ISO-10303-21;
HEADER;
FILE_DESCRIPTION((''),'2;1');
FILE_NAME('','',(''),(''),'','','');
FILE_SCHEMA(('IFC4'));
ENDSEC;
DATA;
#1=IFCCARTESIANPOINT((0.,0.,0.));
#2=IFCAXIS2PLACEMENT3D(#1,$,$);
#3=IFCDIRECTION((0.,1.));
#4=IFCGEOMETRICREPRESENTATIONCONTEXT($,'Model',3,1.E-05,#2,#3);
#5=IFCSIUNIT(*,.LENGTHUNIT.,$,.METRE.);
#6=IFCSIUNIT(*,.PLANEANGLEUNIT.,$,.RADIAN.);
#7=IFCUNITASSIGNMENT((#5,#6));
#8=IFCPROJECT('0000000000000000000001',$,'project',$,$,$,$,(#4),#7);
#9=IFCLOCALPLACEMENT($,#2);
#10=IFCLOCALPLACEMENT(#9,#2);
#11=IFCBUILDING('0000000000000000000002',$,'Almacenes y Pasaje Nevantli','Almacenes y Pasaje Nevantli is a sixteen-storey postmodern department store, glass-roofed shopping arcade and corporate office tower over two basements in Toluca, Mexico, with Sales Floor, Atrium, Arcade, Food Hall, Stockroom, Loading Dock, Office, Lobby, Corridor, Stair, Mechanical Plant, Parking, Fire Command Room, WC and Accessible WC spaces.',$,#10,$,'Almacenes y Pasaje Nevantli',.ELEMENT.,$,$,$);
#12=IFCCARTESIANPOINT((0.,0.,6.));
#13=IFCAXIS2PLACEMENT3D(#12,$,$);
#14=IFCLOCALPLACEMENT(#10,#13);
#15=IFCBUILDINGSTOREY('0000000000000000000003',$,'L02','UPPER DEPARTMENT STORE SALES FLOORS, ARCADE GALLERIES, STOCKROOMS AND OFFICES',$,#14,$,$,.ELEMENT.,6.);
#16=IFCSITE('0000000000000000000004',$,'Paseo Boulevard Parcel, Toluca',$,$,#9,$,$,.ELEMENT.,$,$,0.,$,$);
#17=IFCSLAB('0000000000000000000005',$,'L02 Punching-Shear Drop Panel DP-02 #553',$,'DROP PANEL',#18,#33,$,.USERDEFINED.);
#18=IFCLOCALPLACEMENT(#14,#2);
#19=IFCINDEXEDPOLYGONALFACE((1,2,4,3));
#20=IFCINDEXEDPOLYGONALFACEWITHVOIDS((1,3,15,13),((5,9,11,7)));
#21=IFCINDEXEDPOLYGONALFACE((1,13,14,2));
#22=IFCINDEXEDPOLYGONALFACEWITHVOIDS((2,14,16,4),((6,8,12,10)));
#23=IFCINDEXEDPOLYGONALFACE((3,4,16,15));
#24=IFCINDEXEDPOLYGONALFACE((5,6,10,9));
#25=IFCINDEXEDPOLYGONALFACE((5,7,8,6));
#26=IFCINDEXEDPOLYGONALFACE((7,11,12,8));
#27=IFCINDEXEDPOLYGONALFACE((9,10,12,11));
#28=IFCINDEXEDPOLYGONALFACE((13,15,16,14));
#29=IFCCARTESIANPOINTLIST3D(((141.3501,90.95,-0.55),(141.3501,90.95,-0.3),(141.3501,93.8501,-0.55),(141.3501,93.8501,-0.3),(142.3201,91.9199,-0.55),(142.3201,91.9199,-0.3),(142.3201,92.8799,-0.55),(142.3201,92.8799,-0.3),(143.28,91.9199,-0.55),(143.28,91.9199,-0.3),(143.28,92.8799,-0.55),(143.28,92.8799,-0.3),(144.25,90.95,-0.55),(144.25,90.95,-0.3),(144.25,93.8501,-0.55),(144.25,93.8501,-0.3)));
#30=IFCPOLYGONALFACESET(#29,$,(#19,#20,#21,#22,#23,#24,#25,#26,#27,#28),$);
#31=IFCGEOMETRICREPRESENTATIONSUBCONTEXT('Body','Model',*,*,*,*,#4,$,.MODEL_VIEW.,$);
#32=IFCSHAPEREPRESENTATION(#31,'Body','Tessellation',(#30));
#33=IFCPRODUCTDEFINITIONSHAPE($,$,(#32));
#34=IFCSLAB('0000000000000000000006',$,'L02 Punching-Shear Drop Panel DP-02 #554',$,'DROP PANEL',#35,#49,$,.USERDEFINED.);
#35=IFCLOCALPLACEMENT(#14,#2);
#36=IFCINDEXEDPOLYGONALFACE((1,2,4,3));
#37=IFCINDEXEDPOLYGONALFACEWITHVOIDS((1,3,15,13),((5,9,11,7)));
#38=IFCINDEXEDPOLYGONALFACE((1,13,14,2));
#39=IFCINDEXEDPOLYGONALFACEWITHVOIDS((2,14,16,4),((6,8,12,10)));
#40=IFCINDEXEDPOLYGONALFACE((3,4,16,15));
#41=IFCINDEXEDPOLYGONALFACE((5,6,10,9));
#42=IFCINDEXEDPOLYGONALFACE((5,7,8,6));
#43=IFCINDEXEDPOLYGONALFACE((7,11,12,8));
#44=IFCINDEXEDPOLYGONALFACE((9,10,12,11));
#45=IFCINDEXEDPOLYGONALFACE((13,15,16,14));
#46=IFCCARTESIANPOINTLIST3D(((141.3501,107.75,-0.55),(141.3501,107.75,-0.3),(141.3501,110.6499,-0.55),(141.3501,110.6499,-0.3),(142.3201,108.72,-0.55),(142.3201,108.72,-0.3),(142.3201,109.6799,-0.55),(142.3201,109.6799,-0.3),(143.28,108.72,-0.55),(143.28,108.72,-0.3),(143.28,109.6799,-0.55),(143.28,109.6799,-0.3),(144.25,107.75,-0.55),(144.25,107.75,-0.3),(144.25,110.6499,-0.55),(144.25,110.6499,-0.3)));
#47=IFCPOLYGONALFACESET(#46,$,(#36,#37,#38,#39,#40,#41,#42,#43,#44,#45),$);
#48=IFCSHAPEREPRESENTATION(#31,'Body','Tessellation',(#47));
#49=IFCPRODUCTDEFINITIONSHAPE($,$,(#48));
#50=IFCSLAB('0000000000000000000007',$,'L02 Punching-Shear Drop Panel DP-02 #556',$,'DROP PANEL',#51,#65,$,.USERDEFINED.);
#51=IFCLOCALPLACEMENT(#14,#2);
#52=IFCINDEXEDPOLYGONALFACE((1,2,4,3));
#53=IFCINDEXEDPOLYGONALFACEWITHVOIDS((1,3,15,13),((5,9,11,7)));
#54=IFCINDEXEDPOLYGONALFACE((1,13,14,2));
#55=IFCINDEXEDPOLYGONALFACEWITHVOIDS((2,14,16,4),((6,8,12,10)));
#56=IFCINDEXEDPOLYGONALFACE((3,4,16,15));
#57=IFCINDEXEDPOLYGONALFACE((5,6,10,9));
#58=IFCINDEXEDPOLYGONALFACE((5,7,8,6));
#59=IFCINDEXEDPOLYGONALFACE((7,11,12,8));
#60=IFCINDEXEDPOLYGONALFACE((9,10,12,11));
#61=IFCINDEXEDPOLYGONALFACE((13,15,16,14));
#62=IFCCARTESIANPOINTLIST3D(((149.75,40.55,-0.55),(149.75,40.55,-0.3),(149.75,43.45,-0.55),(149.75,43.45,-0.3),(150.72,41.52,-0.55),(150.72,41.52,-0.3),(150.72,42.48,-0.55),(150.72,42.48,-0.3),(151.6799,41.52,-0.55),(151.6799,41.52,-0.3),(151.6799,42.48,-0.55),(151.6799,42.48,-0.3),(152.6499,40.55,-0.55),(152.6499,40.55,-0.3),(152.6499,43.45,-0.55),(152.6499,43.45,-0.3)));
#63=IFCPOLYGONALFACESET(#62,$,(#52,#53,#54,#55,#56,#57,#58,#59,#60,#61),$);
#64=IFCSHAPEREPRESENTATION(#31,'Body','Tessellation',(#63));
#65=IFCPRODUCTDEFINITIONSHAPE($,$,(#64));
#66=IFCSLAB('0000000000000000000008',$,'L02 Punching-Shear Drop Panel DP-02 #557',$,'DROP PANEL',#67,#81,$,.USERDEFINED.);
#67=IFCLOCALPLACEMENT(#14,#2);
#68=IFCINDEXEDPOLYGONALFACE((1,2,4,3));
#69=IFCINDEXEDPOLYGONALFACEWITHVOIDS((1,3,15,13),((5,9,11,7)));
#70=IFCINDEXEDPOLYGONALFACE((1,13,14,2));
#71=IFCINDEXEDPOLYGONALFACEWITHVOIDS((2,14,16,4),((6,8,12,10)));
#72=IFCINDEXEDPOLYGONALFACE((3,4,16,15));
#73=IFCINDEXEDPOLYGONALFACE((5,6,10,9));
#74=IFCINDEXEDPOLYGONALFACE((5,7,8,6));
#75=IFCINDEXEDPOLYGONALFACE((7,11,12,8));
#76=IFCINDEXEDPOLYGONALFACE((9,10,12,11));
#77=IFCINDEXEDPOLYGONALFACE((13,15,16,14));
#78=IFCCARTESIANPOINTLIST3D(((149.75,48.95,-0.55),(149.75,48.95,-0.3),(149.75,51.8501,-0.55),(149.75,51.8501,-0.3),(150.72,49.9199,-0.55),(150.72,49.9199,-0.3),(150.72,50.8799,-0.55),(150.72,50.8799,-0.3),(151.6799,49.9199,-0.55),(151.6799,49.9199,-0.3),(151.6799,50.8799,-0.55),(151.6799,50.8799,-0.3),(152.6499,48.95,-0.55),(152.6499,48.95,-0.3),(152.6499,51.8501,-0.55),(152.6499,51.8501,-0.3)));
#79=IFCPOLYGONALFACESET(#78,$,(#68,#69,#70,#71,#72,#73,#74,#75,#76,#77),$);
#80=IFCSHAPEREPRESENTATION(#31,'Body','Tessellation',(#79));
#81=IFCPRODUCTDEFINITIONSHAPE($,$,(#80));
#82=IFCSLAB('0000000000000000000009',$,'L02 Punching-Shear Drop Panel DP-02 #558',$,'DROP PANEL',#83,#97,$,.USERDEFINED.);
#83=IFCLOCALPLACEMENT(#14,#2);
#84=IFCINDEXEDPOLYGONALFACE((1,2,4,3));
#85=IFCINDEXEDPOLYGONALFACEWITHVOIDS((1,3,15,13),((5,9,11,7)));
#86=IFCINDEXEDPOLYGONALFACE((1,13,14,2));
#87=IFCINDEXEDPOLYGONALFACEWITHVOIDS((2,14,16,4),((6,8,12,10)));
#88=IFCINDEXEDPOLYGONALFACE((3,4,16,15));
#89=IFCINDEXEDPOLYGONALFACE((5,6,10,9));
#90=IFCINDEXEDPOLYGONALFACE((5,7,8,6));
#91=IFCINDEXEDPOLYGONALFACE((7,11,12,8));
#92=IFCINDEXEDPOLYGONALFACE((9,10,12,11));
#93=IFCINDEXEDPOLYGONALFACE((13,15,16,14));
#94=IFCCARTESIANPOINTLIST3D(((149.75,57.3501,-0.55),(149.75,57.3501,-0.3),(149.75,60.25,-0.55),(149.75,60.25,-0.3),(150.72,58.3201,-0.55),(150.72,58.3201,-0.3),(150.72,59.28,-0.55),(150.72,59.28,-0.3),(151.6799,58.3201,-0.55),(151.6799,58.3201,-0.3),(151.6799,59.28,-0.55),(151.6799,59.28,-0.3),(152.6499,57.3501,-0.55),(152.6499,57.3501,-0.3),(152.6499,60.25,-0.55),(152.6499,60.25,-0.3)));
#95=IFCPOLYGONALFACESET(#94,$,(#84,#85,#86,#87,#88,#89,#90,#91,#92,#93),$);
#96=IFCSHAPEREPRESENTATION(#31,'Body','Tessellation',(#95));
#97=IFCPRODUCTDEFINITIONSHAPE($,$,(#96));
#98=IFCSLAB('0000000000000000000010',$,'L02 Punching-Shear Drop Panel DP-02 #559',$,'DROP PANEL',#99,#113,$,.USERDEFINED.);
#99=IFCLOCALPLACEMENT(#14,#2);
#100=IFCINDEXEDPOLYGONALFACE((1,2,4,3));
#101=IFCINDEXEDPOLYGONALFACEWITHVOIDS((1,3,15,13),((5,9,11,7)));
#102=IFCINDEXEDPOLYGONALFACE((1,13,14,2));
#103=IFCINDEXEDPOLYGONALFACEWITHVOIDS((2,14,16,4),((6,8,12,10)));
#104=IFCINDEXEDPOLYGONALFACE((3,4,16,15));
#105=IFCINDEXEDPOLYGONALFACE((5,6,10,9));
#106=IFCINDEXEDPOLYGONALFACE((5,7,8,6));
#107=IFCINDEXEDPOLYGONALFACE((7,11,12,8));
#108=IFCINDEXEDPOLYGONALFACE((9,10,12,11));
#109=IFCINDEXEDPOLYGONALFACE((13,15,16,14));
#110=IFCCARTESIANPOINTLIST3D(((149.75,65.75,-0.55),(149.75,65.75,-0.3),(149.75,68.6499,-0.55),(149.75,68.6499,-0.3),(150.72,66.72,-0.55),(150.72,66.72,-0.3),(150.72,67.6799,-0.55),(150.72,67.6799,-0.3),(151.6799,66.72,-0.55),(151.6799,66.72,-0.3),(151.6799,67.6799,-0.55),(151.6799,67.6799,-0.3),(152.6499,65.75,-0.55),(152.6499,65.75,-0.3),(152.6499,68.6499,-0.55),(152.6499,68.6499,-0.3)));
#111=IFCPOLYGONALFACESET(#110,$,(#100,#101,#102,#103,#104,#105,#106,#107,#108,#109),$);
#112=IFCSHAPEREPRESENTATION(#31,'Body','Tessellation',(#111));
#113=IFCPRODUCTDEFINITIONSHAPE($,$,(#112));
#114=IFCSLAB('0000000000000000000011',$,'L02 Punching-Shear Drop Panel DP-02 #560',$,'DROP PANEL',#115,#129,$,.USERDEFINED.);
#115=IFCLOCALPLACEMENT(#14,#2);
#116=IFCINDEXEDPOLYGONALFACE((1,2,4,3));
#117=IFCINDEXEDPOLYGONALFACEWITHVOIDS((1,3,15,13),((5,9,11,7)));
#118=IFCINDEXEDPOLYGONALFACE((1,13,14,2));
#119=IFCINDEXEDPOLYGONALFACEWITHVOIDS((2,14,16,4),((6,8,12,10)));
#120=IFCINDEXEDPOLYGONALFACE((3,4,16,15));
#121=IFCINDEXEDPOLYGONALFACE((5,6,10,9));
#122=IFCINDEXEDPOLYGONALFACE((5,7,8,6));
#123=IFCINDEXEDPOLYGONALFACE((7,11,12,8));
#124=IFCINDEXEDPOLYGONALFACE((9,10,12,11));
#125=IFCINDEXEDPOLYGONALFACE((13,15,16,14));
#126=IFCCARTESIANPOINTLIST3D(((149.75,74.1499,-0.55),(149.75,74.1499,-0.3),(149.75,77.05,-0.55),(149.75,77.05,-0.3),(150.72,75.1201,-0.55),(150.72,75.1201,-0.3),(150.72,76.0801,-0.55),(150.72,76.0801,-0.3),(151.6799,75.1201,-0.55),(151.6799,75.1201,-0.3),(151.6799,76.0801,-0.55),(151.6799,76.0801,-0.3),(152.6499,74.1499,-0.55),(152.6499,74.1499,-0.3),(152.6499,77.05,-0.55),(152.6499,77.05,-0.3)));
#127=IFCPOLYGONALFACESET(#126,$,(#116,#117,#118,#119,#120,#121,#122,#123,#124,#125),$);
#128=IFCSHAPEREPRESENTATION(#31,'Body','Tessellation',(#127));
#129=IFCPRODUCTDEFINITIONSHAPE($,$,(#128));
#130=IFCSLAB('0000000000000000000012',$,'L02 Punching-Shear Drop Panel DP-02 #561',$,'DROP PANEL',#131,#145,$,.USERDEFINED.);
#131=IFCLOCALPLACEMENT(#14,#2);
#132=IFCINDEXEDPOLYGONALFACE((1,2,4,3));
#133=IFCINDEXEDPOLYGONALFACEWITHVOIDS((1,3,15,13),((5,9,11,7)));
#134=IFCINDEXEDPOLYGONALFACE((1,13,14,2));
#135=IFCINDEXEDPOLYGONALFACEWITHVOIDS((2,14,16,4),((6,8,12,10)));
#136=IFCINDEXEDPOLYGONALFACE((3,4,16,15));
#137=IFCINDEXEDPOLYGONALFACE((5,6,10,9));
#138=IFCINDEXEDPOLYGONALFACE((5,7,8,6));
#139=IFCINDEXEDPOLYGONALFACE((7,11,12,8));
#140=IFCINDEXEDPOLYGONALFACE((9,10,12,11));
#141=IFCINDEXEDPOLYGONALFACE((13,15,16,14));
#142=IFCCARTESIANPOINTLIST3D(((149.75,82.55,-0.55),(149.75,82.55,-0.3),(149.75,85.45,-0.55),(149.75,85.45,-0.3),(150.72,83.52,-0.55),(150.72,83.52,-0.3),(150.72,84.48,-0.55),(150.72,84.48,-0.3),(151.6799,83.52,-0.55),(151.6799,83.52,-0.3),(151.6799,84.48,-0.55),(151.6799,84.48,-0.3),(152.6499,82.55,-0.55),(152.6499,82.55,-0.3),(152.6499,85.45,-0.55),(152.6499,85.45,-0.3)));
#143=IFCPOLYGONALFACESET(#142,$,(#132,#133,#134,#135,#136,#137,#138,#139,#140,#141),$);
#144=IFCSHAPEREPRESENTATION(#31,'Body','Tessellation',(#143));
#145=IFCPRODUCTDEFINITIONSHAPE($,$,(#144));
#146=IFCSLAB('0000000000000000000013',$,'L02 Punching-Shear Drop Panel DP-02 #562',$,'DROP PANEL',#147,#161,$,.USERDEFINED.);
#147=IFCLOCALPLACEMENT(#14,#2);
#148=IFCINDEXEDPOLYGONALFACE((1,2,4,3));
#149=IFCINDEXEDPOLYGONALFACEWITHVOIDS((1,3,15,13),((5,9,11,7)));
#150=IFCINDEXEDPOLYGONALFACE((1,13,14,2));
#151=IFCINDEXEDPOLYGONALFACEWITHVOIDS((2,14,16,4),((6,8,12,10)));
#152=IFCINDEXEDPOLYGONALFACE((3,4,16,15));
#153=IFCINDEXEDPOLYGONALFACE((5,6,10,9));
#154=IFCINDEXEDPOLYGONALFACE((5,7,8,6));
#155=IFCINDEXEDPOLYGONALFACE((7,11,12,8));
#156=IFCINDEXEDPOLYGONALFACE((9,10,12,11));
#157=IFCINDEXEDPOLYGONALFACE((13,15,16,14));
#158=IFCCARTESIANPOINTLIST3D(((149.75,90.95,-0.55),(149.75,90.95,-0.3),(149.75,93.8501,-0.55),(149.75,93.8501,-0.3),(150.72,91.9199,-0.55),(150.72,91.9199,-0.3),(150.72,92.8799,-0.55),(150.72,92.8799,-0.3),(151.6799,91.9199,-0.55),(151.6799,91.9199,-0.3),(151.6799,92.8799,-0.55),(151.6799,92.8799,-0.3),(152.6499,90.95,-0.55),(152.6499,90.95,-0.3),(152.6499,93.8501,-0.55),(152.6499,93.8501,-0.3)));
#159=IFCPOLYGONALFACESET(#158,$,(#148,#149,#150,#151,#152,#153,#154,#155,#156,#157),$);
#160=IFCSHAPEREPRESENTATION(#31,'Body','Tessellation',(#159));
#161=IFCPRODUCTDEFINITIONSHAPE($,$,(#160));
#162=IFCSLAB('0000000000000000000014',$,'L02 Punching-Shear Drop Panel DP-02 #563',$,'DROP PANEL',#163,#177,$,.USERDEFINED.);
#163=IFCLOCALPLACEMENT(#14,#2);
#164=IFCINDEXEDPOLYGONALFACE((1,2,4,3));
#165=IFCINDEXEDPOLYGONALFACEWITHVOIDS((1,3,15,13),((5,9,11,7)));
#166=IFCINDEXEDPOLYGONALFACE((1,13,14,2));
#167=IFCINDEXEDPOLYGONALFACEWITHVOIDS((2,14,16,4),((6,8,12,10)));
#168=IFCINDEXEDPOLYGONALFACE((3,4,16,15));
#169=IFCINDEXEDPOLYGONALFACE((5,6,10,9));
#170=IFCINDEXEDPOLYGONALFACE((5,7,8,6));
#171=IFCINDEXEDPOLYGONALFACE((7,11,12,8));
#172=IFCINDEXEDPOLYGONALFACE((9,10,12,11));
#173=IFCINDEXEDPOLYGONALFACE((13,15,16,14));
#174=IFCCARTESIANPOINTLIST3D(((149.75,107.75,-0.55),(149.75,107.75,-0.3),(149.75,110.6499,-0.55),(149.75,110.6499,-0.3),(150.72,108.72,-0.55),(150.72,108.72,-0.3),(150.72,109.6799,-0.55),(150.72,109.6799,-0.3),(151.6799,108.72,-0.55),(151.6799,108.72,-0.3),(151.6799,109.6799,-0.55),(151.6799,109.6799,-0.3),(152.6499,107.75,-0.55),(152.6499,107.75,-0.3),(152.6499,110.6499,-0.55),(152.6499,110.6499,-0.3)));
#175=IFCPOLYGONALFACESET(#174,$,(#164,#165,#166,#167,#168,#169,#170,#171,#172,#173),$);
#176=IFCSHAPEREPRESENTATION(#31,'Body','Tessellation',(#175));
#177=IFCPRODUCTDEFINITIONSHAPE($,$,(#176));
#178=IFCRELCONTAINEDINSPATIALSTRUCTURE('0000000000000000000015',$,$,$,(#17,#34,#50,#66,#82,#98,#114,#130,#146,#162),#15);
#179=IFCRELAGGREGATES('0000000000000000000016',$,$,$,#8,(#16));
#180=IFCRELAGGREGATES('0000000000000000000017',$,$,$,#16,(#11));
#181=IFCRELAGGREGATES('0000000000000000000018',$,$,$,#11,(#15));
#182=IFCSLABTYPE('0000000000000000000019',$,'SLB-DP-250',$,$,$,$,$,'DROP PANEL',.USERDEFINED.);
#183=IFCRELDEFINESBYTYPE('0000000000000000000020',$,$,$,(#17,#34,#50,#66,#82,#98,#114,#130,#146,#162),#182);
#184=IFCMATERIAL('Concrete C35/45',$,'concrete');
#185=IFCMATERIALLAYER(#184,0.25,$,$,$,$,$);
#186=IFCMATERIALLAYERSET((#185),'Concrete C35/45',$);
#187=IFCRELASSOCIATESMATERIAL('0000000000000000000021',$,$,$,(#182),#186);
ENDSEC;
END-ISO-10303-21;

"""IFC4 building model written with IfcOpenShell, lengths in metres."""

from ifc_helpers import new_model, si_unit, direction, frame, origin, place, context, subcontext, project, spatial, polyline, outline, extrude, material, layer, layer_set, type_object, element, save


model = new_model("IFC4")

# Units and contexts
model_context = context("Model", 3, precision=1e-05, world=origin(), true_north=direction((0.0, 1.0)))
body_context = subcontext(model_context, "Body", "Model", "MODEL_VIEW")
ifc_project = project(units=[si_unit("LENGTHUNIT", "METRE"), si_unit("PLANEANGLEUNIT", "RADIAN")], contexts=[model_context])

# Site, building, storey
site_placement = place(None, origin())
site = spatial("IfcSite", under=ifc_project, at=site_placement, Name="Paseo Boulevard Parcel, Toluca", CompositionType="ELEMENT", RefElevation=0.0)
building_placement = place(site_placement, origin())
building = spatial("IfcBuilding", under=site, at=building_placement, Name="Almacenes y Pasaje Nevantli", Description="Almacenes y Pasaje Nevantli is a sixteen-storey postmodern department store, glass-roofed shopping arcade and corporate office tower over two basements in Toluca, Mexico, with Sales Floor, Atrium, Arcade, Food Hall, Stockroom, Loading Dock, Office, Lobby, Corridor, Stair, Mechanical Plant, Parking, Fire Command Room, WC and Accessible WC spaces.", LongName="Almacenes y Pasaje Nevantli", CompositionType="ELEMENT")
storey_placement = place(building_placement, frame((0.0, 0.0, 6.0)))
storey = spatial("IfcBuildingStorey", under=building, at=storey_placement, Name="L02", Description="UPPER DEPARTMENT STORE SALES FLOORS, ARCADE GALLERIES, STOCKROOMS AND OFFICES", CompositionType="ELEMENT", Elevation=6.0)

# Slabs
ifc_material_1 = material(Name="Concrete C35/45", Category="concrete")
ifc_layer_1 = layer(ifc_material_1, 0.25)
ifc_layer_set_1 = layer_set([ifc_layer_1], Name="Concrete C35/45")
slab_type_1 = type_object("IfcSlabType", Name="SLB-DP-250", ElementType="DROP PANEL", PredefinedType="USERDEFINED", material=ifc_layer_set_1)
slab_1_placement = place(storey_placement, frame((0.0, 0.0, -0.55)))
element("IfcSlab", 1, at=slab_1_placement, inside=storey, type_object=slab_type_1, Name="L02 Punching-Shear Drop Panel DP-02 #553", ObjectType="DROP PANEL", PredefinedType="USERDEFINED", context=body_context, shape_type="SweptSolid", body=[
    extrude(outline(polyline([(141.3501, 90.95), (144.25, 90.95), (144.25, 93.8501), (141.3501, 93.8501), (141.3501, 90.95)]), holes=[polyline([(142.3201, 91.9199), (143.28, 91.9199), (143.28, 92.8799), (142.3201, 92.8799), (142.3201, 91.9199)])]), origin(), (0.0, 0.0, 1.0), 0.25),
])
slab_2_placement = place(storey_placement, frame((0.0, 0.0, -0.55)))
element("IfcSlab", 2, at=slab_2_placement, inside=storey, type_object=slab_type_1, Name="L02 Punching-Shear Drop Panel DP-02 #554", ObjectType="DROP PANEL", PredefinedType="USERDEFINED", context=body_context, shape_type="SweptSolid", body=[
    extrude(outline(polyline([(141.3501, 107.75), (144.25, 107.75), (144.25, 110.6499), (141.3501, 110.6499), (141.3501, 107.75)]), holes=[polyline([(142.3201, 108.72), (143.28, 108.72), (143.28, 109.6799), (142.3201, 109.6799), (142.3201, 108.72)])]), origin(), (0.0, 0.0, 1.0), 0.25),
])
slab_3_placement = place(storey_placement, frame((0.0, 0.0, -0.55)))
element("IfcSlab", 3, at=slab_3_placement, inside=storey, type_object=slab_type_1, Name="L02 Punching-Shear Drop Panel DP-02 #556", ObjectType="DROP PANEL", PredefinedType="USERDEFINED", context=body_context, shape_type="SweptSolid", body=[
    extrude(outline(polyline([(149.75, 40.55), (152.6499, 40.55), (152.6499, 43.45), (149.75, 43.45), (149.75, 40.55)]), holes=[polyline([(150.72, 41.52), (151.6799, 41.52), (151.6799, 42.48), (150.72, 42.48), (150.72, 41.52)])]), origin(), (0.0, 0.0, 1.0), 0.25),
])
slab_4_placement = place(storey_placement, frame((0.0, 0.0, -0.55)))
element("IfcSlab", 4, at=slab_4_placement, inside=storey, type_object=slab_type_1, Name="L02 Punching-Shear Drop Panel DP-02 #557", ObjectType="DROP PANEL", PredefinedType="USERDEFINED", context=body_context, shape_type="SweptSolid", body=[
    extrude(outline(polyline([(149.75, 48.95), (152.6499, 48.95), (152.6499, 51.8501), (149.75, 51.8501), (149.75, 48.95)]), holes=[polyline([(150.72, 49.9199), (151.6799, 49.9199), (151.6799, 50.8799), (150.72, 50.8799), (150.72, 49.9199)])]), origin(), (0.0, 0.0, 1.0), 0.25),
])
slab_5_placement = place(storey_placement, frame((0.0, 0.0, -0.55)))
element("IfcSlab", 5, at=slab_5_placement, inside=storey, type_object=slab_type_1, Name="L02 Punching-Shear Drop Panel DP-02 #558", ObjectType="DROP PANEL", PredefinedType="USERDEFINED", context=body_context, shape_type="SweptSolid", body=[
    extrude(outline(polyline([(149.75, 57.3501), (152.6499, 57.3501), (152.6499, 60.25), (149.75, 60.25), (149.75, 57.3501)]), holes=[polyline([(150.72, 58.3201), (151.6799, 58.3201), (151.6799, 59.28), (150.72, 59.28), (150.72, 58.3201)])]), origin(), (0.0, 0.0, 1.0), 0.25),
])
slab_6_placement = place(storey_placement, frame((0.0, 0.0, -0.55)))
element("IfcSlab", 6, at=slab_6_placement, inside=storey, type_object=slab_type_1, Name="L02 Punching-Shear Drop Panel DP-02 #559", ObjectType="DROP PANEL", PredefinedType="USERDEFINED", context=body_context, shape_type="SweptSolid", body=[
    extrude(outline(polyline([(149.75, 65.75), (152.6499, 65.75), (152.6499, 68.6499), (149.75, 68.6499), (149.75, 65.75)]), holes=[polyline([(150.72, 66.72), (151.6799, 66.72), (151.6799, 67.6799), (150.72, 67.6799), (150.72, 66.72)])]), origin(), (0.0, 0.0, 1.0), 0.25),
])
slab_7_placement = place(storey_placement, frame((0.0, 0.0, -0.55)))
element("IfcSlab", 7, at=slab_7_placement, inside=storey, type_object=slab_type_1, Name="L02 Punching-Shear Drop Panel DP-02 #560", ObjectType="DROP PANEL", PredefinedType="USERDEFINED", context=body_context, shape_type="SweptSolid", body=[
    extrude(outline(polyline([(149.75, 74.1499), (152.6499, 74.1499), (152.6499, 77.05), (149.75, 77.05), (149.75, 74.1499)]), holes=[polyline([(150.72, 75.1201), (151.6799, 75.1201), (151.6799, 76.0801), (150.72, 76.0801), (150.72, 75.1201)])]), origin(), (0.0, 0.0, 1.0), 0.25),
])
slab_8_placement = place(storey_placement, frame((0.0, 0.0, -0.55)))
element("IfcSlab", 8, at=slab_8_placement, inside=storey, type_object=slab_type_1, Name="L02 Punching-Shear Drop Panel DP-02 #561", ObjectType="DROP PANEL", PredefinedType="USERDEFINED", context=body_context, shape_type="SweptSolid", body=[
    extrude(outline(polyline([(149.75, 82.55), (152.6499, 82.55), (152.6499, 85.45), (149.75, 85.45), (149.75, 82.55)]), holes=[polyline([(150.72, 83.52), (151.6799, 83.52), (151.6799, 84.48), (150.72, 84.48), (150.72, 83.52)])]), origin(), (0.0, 0.0, 1.0), 0.25),
])
slab_9_placement = place(storey_placement, frame((0.0, 0.0, -0.55)))
element("IfcSlab", 9, at=slab_9_placement, inside=storey, type_object=slab_type_1, Name="L02 Punching-Shear Drop Panel DP-02 #562", ObjectType="DROP PANEL", PredefinedType="USERDEFINED", context=body_context, shape_type="SweptSolid", body=[
    extrude(outline(polyline([(149.75, 90.95), (152.6499, 90.95), (152.6499, 93.8501), (149.75, 93.8501), (149.75, 90.95)]), holes=[polyline([(150.72, 91.9199), (151.6799, 91.9199), (151.6799, 92.8799), (150.72, 92.8799), (150.72, 91.9199)])]), origin(), (0.0, 0.0, 1.0), 0.25),
])
slab_10_placement = place(storey_placement, frame((0.0, 0.0, -0.55)))
element("IfcSlab", 10, at=slab_10_placement, inside=storey, type_object=slab_type_1, Name="L02 Punching-Shear Drop Panel DP-02 #563", ObjectType="DROP PANEL", PredefinedType="USERDEFINED", context=body_context, shape_type="SweptSolid", body=[
    extrude(outline(polyline([(149.75, 107.75), (152.6499, 107.75), (152.6499, 110.6499), (149.75, 110.6499), (149.75, 107.75)]), holes=[polyline([(150.72, 108.72), (151.6799, 108.72), (151.6799, 109.6799), (150.72, 109.6799), (150.72, 108.72)])]), origin(), (0.0, 0.0, 1.0), 0.25),
])

save(model, "model.ifc")
